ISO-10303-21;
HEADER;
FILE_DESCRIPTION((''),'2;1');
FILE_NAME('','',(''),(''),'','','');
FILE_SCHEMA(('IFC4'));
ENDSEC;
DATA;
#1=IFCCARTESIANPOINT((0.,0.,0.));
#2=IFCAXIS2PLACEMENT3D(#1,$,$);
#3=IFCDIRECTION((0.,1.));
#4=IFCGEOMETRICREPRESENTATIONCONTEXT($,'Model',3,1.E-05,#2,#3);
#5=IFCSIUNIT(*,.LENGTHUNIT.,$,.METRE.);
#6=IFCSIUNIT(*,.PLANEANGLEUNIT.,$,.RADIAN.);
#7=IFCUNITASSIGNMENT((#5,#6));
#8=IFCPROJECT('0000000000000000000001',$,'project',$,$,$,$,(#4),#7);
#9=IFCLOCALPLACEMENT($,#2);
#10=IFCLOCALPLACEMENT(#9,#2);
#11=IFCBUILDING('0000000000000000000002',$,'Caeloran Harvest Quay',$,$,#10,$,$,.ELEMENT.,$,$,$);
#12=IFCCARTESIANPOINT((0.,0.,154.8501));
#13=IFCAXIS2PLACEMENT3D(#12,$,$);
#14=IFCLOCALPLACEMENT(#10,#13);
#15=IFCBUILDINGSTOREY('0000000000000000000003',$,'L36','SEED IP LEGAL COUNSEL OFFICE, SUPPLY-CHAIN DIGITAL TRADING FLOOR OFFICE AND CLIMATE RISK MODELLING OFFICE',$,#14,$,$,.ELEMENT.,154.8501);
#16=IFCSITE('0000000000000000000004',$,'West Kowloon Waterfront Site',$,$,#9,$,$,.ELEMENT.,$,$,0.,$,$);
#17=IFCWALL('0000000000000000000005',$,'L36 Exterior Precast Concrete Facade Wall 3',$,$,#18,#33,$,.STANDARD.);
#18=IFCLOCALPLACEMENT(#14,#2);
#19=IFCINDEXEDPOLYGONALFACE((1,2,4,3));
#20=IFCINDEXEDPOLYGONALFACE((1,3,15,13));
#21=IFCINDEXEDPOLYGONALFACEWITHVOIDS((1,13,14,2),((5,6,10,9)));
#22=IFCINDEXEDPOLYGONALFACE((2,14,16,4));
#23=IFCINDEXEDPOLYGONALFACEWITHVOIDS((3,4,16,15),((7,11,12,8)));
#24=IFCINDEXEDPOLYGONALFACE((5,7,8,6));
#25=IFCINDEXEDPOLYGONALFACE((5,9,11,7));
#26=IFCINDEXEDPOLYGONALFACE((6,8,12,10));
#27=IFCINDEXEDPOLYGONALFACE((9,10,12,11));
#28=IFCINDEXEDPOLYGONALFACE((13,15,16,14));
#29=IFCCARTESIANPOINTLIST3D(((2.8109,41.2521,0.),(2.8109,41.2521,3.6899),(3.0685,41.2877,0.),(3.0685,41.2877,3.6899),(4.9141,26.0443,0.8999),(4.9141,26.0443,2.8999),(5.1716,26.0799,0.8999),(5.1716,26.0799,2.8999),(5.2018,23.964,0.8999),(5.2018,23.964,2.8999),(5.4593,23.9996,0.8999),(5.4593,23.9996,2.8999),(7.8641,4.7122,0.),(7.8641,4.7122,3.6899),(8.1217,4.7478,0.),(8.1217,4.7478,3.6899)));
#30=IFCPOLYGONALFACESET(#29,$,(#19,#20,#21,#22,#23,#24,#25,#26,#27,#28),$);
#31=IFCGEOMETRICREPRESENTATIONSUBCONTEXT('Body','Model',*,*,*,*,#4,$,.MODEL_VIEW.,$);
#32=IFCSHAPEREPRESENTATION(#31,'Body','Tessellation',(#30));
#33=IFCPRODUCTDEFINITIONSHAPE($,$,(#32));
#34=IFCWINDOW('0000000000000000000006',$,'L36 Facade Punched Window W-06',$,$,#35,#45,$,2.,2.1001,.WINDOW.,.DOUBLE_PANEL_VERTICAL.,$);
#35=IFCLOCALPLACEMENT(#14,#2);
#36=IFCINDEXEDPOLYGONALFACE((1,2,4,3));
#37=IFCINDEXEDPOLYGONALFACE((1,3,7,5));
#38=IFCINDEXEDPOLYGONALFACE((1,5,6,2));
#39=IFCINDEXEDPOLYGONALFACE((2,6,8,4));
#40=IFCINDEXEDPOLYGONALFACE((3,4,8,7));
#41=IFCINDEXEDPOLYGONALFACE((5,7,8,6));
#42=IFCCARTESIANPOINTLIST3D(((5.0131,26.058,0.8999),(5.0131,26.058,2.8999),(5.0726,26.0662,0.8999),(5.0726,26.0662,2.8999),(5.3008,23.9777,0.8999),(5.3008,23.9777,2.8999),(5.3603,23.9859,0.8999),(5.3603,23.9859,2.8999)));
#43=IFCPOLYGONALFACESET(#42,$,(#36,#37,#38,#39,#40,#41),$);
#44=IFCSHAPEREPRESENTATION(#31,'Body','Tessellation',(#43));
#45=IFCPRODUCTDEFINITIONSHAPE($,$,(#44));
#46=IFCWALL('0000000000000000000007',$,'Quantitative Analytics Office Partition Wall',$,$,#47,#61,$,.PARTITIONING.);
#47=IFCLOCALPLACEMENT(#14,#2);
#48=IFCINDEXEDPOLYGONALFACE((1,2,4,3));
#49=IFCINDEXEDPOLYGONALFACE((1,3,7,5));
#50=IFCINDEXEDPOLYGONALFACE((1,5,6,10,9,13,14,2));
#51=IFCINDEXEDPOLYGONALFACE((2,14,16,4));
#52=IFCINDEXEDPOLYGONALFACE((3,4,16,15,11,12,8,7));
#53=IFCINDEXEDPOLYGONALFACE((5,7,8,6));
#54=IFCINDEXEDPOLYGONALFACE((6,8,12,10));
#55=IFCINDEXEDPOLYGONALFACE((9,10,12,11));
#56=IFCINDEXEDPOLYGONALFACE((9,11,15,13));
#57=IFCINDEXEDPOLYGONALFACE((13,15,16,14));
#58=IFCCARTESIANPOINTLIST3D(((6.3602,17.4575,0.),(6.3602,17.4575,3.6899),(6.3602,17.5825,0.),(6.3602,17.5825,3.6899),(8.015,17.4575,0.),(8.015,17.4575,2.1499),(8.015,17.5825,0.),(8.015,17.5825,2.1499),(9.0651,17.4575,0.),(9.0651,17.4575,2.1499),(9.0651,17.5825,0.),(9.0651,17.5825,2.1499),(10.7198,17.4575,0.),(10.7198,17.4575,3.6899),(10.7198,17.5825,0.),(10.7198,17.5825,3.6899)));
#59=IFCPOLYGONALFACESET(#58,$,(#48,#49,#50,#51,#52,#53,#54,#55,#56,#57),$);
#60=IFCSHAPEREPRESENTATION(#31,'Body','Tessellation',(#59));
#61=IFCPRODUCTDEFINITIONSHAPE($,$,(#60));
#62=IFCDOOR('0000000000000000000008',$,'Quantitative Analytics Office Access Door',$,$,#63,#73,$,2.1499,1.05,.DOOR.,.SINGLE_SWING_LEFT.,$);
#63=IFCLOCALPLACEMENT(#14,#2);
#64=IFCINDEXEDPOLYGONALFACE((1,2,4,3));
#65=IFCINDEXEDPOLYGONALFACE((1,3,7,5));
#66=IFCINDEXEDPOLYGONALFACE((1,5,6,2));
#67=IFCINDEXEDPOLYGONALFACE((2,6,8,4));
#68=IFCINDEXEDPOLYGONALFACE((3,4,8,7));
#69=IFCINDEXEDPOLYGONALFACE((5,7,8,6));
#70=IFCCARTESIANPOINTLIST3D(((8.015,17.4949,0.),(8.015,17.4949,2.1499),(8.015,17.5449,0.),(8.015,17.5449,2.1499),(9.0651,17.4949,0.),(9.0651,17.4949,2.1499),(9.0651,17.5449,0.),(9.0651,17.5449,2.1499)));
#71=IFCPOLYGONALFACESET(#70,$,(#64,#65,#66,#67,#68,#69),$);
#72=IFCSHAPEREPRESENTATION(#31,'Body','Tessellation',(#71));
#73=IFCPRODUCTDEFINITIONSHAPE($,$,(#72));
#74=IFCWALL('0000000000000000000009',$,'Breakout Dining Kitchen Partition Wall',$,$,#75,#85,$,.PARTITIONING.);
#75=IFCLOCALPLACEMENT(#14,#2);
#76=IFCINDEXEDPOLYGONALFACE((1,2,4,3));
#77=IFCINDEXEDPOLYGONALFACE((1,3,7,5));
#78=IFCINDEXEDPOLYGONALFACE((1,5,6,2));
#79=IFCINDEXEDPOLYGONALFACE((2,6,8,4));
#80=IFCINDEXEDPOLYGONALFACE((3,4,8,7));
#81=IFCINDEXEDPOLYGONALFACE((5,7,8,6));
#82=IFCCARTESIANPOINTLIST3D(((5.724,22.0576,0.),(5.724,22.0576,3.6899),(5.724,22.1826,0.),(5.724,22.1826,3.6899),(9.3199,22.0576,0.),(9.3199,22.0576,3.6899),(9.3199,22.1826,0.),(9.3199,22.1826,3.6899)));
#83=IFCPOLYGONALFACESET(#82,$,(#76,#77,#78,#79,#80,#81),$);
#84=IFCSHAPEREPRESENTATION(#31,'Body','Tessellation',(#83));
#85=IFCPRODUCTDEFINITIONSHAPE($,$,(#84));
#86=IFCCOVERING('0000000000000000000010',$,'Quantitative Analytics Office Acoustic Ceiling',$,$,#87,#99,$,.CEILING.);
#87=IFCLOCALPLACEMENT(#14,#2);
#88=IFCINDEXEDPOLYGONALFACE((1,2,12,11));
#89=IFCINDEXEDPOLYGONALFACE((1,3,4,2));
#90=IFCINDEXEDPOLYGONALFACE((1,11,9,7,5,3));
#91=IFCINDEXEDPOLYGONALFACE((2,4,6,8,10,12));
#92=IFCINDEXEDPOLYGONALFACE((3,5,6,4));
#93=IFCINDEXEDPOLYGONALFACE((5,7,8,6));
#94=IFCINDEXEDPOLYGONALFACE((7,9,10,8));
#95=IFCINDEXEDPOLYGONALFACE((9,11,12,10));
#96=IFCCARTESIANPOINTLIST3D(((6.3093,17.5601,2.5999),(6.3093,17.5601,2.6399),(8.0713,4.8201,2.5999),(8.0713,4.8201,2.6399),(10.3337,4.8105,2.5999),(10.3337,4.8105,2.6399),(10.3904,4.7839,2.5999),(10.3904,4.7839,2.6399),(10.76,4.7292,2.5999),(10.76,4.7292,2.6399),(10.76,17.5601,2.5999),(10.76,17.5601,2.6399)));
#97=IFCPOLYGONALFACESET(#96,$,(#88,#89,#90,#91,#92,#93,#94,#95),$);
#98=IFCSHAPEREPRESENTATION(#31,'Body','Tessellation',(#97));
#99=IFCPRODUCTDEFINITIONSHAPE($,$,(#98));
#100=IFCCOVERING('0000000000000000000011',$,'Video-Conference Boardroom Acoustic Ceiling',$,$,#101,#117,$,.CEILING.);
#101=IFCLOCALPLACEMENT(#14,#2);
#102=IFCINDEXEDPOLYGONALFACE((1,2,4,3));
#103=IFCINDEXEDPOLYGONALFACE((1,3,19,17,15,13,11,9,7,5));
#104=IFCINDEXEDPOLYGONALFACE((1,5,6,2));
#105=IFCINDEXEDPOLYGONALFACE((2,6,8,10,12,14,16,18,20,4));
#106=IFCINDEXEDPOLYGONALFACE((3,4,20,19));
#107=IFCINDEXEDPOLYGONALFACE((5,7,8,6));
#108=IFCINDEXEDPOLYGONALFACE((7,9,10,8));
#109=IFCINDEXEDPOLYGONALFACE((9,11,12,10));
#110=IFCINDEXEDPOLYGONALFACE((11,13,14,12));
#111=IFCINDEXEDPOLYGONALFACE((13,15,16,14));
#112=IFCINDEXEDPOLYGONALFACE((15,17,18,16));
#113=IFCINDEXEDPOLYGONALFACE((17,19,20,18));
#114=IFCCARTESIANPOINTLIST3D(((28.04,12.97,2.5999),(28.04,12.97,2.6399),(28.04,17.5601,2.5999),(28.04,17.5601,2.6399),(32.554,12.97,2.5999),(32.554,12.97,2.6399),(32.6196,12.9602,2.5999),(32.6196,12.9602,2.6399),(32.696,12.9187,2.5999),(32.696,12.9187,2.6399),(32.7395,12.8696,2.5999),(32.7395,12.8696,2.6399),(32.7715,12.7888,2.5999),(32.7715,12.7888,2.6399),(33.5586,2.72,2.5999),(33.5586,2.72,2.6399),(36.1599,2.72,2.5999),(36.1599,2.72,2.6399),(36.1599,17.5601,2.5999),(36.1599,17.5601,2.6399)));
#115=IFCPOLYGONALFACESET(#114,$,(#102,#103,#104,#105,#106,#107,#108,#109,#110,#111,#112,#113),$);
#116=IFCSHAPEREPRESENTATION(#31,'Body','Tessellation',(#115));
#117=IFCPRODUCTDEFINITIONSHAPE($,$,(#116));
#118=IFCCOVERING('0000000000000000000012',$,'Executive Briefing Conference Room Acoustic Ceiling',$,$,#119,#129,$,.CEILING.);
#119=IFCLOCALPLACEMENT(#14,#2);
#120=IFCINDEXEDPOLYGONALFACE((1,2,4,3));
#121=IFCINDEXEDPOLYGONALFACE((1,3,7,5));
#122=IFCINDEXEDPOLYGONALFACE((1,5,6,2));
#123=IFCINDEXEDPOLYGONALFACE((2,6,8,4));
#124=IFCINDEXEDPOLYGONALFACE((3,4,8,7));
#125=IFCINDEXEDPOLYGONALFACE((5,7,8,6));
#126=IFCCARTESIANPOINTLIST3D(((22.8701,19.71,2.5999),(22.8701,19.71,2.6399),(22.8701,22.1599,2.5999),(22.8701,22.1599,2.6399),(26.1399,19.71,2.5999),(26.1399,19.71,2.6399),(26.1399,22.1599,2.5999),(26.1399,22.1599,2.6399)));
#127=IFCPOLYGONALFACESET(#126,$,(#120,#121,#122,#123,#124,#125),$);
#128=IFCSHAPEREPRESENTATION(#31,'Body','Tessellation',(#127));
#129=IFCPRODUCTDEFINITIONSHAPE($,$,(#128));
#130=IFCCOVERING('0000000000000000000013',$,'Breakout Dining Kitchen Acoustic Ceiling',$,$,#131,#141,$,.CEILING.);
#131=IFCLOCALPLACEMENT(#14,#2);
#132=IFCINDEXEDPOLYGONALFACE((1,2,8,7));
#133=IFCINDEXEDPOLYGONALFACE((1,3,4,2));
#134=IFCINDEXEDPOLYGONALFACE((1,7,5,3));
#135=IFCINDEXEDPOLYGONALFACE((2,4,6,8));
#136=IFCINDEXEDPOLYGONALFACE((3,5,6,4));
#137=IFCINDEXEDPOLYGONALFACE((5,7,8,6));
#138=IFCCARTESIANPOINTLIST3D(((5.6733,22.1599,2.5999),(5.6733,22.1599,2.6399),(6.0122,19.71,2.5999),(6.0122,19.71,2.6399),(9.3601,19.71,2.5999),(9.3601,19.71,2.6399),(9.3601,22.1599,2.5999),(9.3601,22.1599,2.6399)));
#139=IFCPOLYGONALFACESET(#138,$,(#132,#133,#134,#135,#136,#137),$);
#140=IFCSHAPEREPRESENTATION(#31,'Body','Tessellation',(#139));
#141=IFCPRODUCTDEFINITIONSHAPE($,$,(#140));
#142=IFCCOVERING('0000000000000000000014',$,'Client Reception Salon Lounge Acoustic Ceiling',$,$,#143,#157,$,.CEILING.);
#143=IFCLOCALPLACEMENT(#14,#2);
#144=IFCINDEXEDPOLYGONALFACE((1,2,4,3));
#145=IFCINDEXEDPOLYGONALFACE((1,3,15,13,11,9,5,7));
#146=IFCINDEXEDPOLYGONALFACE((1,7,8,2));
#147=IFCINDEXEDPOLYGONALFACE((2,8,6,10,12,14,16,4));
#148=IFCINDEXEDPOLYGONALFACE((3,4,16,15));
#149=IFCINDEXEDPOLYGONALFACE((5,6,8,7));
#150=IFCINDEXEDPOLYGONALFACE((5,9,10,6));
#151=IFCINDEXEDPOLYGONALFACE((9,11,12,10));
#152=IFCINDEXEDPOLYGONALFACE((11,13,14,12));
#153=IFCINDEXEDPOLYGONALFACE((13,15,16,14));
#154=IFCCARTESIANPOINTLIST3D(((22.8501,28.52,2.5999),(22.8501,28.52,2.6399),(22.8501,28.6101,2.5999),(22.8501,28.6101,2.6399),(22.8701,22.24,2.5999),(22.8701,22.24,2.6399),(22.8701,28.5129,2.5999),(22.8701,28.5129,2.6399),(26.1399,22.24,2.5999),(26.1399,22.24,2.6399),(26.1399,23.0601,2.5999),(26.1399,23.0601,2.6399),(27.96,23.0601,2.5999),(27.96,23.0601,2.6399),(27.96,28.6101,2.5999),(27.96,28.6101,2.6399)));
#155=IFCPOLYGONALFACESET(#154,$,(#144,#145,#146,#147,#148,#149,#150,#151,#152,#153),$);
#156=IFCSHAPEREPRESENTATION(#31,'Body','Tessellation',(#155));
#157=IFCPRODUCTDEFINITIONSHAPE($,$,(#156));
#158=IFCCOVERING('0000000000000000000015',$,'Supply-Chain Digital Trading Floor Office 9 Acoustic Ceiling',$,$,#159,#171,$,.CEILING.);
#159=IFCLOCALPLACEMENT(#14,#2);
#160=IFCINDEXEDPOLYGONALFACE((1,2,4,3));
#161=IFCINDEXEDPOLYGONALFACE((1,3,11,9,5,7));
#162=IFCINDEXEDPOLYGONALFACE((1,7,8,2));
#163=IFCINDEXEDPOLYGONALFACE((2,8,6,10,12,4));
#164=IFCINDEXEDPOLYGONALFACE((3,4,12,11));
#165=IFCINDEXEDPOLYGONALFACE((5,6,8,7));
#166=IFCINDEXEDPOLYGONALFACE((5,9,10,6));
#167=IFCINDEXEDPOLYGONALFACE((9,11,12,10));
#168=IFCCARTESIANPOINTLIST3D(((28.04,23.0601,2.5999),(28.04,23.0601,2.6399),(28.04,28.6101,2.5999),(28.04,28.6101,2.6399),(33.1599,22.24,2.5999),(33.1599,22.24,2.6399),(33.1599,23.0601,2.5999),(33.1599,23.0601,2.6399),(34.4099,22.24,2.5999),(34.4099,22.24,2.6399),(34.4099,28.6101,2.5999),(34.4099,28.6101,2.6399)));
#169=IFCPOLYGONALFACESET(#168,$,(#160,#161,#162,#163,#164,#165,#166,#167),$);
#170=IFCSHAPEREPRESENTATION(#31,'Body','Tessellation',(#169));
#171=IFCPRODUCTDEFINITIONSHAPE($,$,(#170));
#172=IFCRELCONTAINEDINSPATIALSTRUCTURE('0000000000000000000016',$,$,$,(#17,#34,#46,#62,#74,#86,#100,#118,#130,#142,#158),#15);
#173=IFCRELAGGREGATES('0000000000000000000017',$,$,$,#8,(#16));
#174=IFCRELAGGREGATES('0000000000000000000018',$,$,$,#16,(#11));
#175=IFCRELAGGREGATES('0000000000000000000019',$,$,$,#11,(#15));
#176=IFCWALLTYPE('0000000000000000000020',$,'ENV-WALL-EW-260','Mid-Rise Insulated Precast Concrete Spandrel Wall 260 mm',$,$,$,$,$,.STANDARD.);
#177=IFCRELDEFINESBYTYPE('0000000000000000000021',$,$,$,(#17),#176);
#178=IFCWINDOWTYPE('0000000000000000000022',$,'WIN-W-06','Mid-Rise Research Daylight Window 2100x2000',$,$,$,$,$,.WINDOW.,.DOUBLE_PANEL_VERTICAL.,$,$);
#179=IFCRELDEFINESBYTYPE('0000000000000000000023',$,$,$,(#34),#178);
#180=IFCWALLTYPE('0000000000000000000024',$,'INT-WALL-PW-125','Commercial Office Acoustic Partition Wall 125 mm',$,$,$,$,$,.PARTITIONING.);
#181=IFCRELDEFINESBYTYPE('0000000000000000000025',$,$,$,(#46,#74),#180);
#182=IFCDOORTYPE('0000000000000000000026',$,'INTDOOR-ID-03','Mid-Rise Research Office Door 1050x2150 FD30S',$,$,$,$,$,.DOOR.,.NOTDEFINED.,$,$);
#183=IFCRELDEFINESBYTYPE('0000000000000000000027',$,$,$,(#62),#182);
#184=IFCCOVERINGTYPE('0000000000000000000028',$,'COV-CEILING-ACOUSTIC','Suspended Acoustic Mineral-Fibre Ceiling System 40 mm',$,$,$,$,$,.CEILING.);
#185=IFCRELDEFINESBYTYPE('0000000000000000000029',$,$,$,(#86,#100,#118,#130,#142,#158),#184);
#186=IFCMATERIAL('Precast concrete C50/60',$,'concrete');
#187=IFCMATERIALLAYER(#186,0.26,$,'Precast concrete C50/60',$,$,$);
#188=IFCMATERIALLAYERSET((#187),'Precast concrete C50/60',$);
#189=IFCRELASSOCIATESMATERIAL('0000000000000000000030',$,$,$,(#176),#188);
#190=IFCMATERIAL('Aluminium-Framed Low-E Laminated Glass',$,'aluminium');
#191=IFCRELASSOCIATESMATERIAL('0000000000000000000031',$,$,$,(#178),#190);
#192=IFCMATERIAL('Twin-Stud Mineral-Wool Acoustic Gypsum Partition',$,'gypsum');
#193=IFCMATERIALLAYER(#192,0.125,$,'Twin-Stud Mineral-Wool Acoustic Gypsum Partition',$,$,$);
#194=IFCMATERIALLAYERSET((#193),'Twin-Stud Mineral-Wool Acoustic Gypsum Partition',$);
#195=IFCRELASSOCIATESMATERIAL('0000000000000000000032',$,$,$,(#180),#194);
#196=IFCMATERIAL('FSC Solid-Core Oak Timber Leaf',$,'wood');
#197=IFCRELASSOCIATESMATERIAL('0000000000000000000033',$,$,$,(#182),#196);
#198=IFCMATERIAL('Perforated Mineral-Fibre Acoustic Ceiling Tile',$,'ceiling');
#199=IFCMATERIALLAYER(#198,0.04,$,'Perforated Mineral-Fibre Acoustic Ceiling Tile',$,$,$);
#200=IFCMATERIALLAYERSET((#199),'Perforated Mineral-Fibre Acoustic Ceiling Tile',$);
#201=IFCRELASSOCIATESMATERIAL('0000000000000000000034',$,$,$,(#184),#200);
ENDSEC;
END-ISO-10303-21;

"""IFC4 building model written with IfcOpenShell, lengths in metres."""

from ifc_helpers import new_model, si_unit, direction, frame, frame_2d, origin, place, context, subcontext, project, spatial, polyline, rectangle, outline, extrude, material, layer, layer_set, type_object, element, fill, save


model = new_model("IFC4")

# Units and contexts
model_context = context("Model", 3, precision=1e-05, world=origin(), true_north=direction((0.0, 1.0)))
body_context = subcontext(model_context, "Body", "Model", "MODEL_VIEW")
ifc_project = project(units=[si_unit("LENGTHUNIT", "METRE"), si_unit("PLANEANGLEUNIT", "RADIAN")], contexts=[model_context])

# Site, building, storey
site_placement = place(None, origin())
site = spatial("IfcSite", under=ifc_project, at=site_placement, Name="West Kowloon Waterfront Site", CompositionType="ELEMENT", RefElevation=0.0)
building_placement = place(site_placement, origin())
building = spatial("IfcBuilding", under=site, at=building_placement, Name="Caeloran Harvest Quay", CompositionType="ELEMENT")
storey_placement = place(building_placement, frame((0.0, 0.0, 154.8501)))
storey = spatial("IfcBuildingStorey", under=building, at=storey_placement, Name="L36", Description="SEED IP LEGAL COUNSEL OFFICE, SUPPLY-CHAIN DIGITAL TRADING FLOOR OFFICE AND CLIMATE RISK MODELLING OFFICE", CompositionType="ELEMENT", Elevation=154.8501)

# Wall, opening, window
ifc_material_1 = material(Name="Precast concrete C50/60", Category="concrete")
ifc_layer_1 = layer(ifc_material_1, 0.26, Name="Precast concrete C50/60")
ifc_layer_set_1 = layer_set([ifc_layer_1], Name="Precast concrete C50/60")
wall_type_1 = type_object("IfcWallType", Name="ENV-WALL-EW-260", Description="Mid-Rise Insulated Precast Concrete Spandrel Wall 260 mm", PredefinedType="STANDARD", material=ifc_layer_set_1)
wall_1_placement = place(storey_placement, frame((7.9929, 4.73, 0.0), z_axis=(0.0, 0.0, 1.0), x_axis=(-0.136989, 0.990573, 0.0)))
wall_1 = element("IfcWall", 1, at=wall_1_placement, inside=storey, type_object=wall_type_1, Name="L36 Exterior Precast Concrete Facade Wall 3", PredefinedType="STANDARD", context=body_context, shape_type="SweptSolid", body=[
    extrude(rectangle(XDim=36.8877, YDim=0.26, at=frame_2d((18.4438, 0.0))), origin(), (0.0, 0.0, 1.0), 3.6899),
])
opening_1_placement = place(wall_1_placement, frame((19.4351, 0.0, 0.8999)))
opening_1 = element("IfcOpeningElement", 2, at=opening_1_placement, cuts=wall_1, PredefinedType="OPENING", context=body_context, shape_type="SweptSolid", body=[
    extrude(rectangle(XDim=2.1001, YDim=2.0, at=frame_2d((1.05, 1.0))), frame((0.0, 0.1401, 0.0), z_axis=(0.0, -1.0, 0.0), x_axis=(1.0, 0.0, 0.0)), (0.0, 0.0, 1.0), 0.28),
])
ifc_material_2 = material(Name="Aluminium-Framed Low-E Laminated Glass", Category="aluminium")
window_type = type_object("IfcWindowType", Name="WIN-W-06", Description="Mid-Rise Research Daylight Window 2100x2000", PartitioningType="DOUBLE_PANEL_VERTICAL", PredefinedType="WINDOW", material=ifc_material_2)
window_placement = place(opening_1_placement, origin())
window = element("IfcWindow", 3, at=window_placement, inside=storey, type_object=window_type, Name="L36 Facade Punched Window W-06", OverallHeight=2.0, OverallWidth=2.1001, PartitioningType="DOUBLE_PANEL_VERTICAL", PredefinedType="WINDOW", context=body_context, shape_type="SweptSolid", body=[
    extrude(rectangle(XDim=2.1001, YDim=2.0, at=frame_2d((1.05, 1.0))), frame((0.0, 0.03, 0.0), z_axis=(0.0, -1.0, 0.0), x_axis=(1.0, 0.0, 0.0)), (0.0, 0.0, 1.0), 0.0601),
])
fill(opening_1, window)

# Wall, opening, door
ifc_material_3 = material(Name="Twin-Stud Mineral-Wool Acoustic Gypsum Partition", Category="gypsum")
ifc_layer_2 = layer(ifc_material_3, 0.125, Name="Twin-Stud Mineral-Wool Acoustic Gypsum Partition")
ifc_layer_set_2 = layer_set([ifc_layer_2], Name="Twin-Stud Mineral-Wool Acoustic Gypsum Partition")
wall_type_2 = type_object("IfcWallType", Name="INT-WALL-PW-125", Description="Commercial Office Acoustic Partition Wall 125 mm", PredefinedType="PARTITIONING", material=ifc_layer_set_2)
wall_2_placement = place(storey_placement, frame((6.3604, 17.52, 0.0), z_axis=(0.0, 0.0, 1.0), x_axis=(1.0, 0.0, 0.0)))
wall_2 = element("IfcWall", 4, at=wall_2_placement, inside=storey, type_object=wall_type_2, Name="Quantitative Analytics Office Partition Wall", PredefinedType="PARTITIONING", context=body_context, shape_type="SweptSolid", body=[
    extrude(rectangle(XDim=4.3596, YDim=0.125, at=frame_2d((2.1797, 0.0))), origin(), (0.0, 0.0, 1.0), 3.6899),
])
opening_2_placement = place(wall_2_placement, frame((1.6548, 0.0, 0.0)))
opening_2 = element("IfcOpeningElement", 5, at=opening_2_placement, cuts=wall_2, PredefinedType="OPENING", context=body_context, shape_type="SweptSolid", body=[
    extrude(rectangle(XDim=1.05, YDim=2.1499, at=frame_2d((0.5249, 1.075))), frame((0.0, 0.0725, 0.0), z_axis=(0.0, -1.0, 0.0), x_axis=(1.0, 0.0, 0.0)), (0.0, 0.0, 1.0), 0.145),
])
ifc_material_4 = material(Name="FSC Solid-Core Oak Timber Leaf", Category="wood")
door_type = type_object("IfcDoorType", Name="INTDOOR-ID-03", Description="Mid-Rise Research Office Door 1050x2150 FD30S", OperationType="NOTDEFINED", PredefinedType="DOOR", material=ifc_material_4)
door_placement = place(opening_2_placement, origin())
door = element("IfcDoor", 6, at=door_placement, inside=storey, type_object=door_type, Name="Quantitative Analytics Office Access Door", OperationType="SINGLE_SWING_LEFT", OverallHeight=2.1499, OverallWidth=1.05, PredefinedType="DOOR", context=body_context, shape_type="SweptSolid", body=[
    extrude(rectangle(XDim=1.05, YDim=2.1499, at=frame_2d((0.5249, 1.075))), frame((0.0, 0.0249, 0.0), z_axis=(0.0, -1.0, 0.0), x_axis=(1.0, 0.0, 0.0)), (0.0, 0.0, 1.0), 0.05),
])
fill(opening_2, door)

# Wall
wall_3_placement = place(storey_placement, frame((5.7241, 22.1201, 0.0), z_axis=(0.0, 0.0, 1.0), x_axis=(1.0, 0.0, 0.0)))
element("IfcWall", 7, at=wall_3_placement, inside=storey, type_object=wall_type_2, Name="Breakout Dining Kitchen Partition Wall", PredefinedType="PARTITIONING", context=body_context, shape_type="SweptSolid", body=[
    extrude(rectangle(XDim=3.5959, YDim=0.125, at=frame_2d((1.7979, 0.0))), origin(), (0.0, 0.0, 1.0), 3.6899),
])

# Coverings
ifc_material_5 = material(Name="Perforated Mineral-Fibre Acoustic Ceiling Tile", Category="ceiling")
ifc_layer_3 = layer(ifc_material_5, 0.04, Name="Perforated Mineral-Fibre Acoustic Ceiling Tile")
ifc_layer_set_3 = layer_set([ifc_layer_3], Name="Perforated Mineral-Fibre Acoustic Ceiling Tile")
covering_type_1 = type_object("IfcCoveringType", Name="COV-CEILING-ACOUSTIC", Description="Suspended Acoustic Mineral-Fibre Ceiling System 40 mm", PredefinedType="CEILING", material=ifc_layer_set_3)
covering_1_placement = place(storey_placement, frame((0.0, 0.0, 2.5999)))
element("IfcCovering", 8, at=covering_1_placement, inside=storey, type_object=covering_type_1, Name="Quantitative Analytics Office Acoustic Ceiling", PredefinedType="CEILING", context=body_context, shape_type="SweptSolid", body=[
    extrude(outline(polyline([(10.3337, 4.8105), (8.0713, 4.8201), (6.3093, 17.5601), (10.76, 17.5601), (10.76, 4.7292), (10.3904, 4.7839), (10.3337, 4.8105)])), origin(), (0.0, 0.0, 1.0), 0.04),
])
covering_2_placement = place(storey_placement, frame((0.0, 0.0, 2.5999)))
element("IfcCovering", 9, at=covering_2_placement, inside=storey, type_object=covering_type_1, Name="Video-Conference Boardroom Acoustic Ceiling", PredefinedType="CEILING", context=body_context, shape_type="SweptSolid", body=[
    extrude(outline(polyline([(32.7715, 12.7888), (32.7395, 12.8696), (32.696, 12.9187), (32.6196, 12.9602), (32.554, 12.97), (28.04, 12.97), (28.04, 17.5601), (36.1599, 17.5601), (36.1599, 2.72), (33.5586, 2.72), (32.7715, 12.7888)])), origin(), (0.0, 0.0, 1.0), 0.04),
])
covering_3_placement = place(storey_placement, frame((0.0, 0.0, 2.5999)))
element("IfcCovering", 10, at=covering_3_placement, inside=storey, type_object=covering_type_1, Name="Executive Briefing Conference Room Acoustic Ceiling", PredefinedType="CEILING", context=body_context, shape_type="SweptSolid", body=[
    extrude(outline(polyline([(26.1399, 22.1599), (26.1399, 19.71), (22.8701, 19.71), (22.8701, 22.1599), (26.1399, 22.1599)])), origin(), (0.0, 0.0, 1.0), 0.04),
])
covering_4_placement = place(storey_placement, frame((0.0, 0.0, 2.5999)))
element("IfcCovering", 11, at=covering_4_placement, inside=storey, type_object=covering_type_1, Name="Breakout Dining Kitchen Acoustic Ceiling", PredefinedType="CEILING", context=body_context, shape_type="SweptSolid", body=[
    extrude(outline(polyline([(5.6733, 22.1599), (9.3601, 22.1599), (9.3601, 19.71), (6.0122, 19.71), (5.6733, 22.1599)])), origin(), (0.0, 0.0, 1.0), 0.04),
])
covering_5_placement = place(storey_placement, frame((0.0, 0.0, 2.5999)))
element("IfcCovering", 12, at=covering_5_placement, inside=storey, type_object=covering_type_1, Name="Client Reception Salon Lounge Acoustic Ceiling", PredefinedType="CEILING", context=body_context, shape_type="SweptSolid", body=[
    extrude(outline(polyline([(22.8701, 28.5129), (22.8501, 28.52), (22.8501, 28.6101), (27.96, 28.6101), (27.96, 23.0601), (26.1399, 23.0601), (26.1399, 22.24), (22.8701, 22.24), (22.8701, 28.5129)])), origin(), (0.0, 0.0, 1.0), 0.04),
])
covering_6_placement = place(storey_placement, frame((0.0, 0.0, 2.5999)))
element("IfcCovering", 13, at=covering_6_placement, inside=storey, type_object=covering_type_1, Name="Supply-Chain Digital Trading Floor Office 9 Acoustic Ceiling", PredefinedType="CEILING", context=body_context, shape_type="SweptSolid", body=[
    extrude(outline(polyline([(33.1599, 23.0601), (28.04, 23.0601), (28.04, 28.6101), (34.4099, 28.6101), (34.4099, 22.24), (33.1599, 22.24), (33.1599, 23.0601)])), origin(), (0.0, 0.0, 1.0), 0.04),
])

save(model, "model.ifc")
